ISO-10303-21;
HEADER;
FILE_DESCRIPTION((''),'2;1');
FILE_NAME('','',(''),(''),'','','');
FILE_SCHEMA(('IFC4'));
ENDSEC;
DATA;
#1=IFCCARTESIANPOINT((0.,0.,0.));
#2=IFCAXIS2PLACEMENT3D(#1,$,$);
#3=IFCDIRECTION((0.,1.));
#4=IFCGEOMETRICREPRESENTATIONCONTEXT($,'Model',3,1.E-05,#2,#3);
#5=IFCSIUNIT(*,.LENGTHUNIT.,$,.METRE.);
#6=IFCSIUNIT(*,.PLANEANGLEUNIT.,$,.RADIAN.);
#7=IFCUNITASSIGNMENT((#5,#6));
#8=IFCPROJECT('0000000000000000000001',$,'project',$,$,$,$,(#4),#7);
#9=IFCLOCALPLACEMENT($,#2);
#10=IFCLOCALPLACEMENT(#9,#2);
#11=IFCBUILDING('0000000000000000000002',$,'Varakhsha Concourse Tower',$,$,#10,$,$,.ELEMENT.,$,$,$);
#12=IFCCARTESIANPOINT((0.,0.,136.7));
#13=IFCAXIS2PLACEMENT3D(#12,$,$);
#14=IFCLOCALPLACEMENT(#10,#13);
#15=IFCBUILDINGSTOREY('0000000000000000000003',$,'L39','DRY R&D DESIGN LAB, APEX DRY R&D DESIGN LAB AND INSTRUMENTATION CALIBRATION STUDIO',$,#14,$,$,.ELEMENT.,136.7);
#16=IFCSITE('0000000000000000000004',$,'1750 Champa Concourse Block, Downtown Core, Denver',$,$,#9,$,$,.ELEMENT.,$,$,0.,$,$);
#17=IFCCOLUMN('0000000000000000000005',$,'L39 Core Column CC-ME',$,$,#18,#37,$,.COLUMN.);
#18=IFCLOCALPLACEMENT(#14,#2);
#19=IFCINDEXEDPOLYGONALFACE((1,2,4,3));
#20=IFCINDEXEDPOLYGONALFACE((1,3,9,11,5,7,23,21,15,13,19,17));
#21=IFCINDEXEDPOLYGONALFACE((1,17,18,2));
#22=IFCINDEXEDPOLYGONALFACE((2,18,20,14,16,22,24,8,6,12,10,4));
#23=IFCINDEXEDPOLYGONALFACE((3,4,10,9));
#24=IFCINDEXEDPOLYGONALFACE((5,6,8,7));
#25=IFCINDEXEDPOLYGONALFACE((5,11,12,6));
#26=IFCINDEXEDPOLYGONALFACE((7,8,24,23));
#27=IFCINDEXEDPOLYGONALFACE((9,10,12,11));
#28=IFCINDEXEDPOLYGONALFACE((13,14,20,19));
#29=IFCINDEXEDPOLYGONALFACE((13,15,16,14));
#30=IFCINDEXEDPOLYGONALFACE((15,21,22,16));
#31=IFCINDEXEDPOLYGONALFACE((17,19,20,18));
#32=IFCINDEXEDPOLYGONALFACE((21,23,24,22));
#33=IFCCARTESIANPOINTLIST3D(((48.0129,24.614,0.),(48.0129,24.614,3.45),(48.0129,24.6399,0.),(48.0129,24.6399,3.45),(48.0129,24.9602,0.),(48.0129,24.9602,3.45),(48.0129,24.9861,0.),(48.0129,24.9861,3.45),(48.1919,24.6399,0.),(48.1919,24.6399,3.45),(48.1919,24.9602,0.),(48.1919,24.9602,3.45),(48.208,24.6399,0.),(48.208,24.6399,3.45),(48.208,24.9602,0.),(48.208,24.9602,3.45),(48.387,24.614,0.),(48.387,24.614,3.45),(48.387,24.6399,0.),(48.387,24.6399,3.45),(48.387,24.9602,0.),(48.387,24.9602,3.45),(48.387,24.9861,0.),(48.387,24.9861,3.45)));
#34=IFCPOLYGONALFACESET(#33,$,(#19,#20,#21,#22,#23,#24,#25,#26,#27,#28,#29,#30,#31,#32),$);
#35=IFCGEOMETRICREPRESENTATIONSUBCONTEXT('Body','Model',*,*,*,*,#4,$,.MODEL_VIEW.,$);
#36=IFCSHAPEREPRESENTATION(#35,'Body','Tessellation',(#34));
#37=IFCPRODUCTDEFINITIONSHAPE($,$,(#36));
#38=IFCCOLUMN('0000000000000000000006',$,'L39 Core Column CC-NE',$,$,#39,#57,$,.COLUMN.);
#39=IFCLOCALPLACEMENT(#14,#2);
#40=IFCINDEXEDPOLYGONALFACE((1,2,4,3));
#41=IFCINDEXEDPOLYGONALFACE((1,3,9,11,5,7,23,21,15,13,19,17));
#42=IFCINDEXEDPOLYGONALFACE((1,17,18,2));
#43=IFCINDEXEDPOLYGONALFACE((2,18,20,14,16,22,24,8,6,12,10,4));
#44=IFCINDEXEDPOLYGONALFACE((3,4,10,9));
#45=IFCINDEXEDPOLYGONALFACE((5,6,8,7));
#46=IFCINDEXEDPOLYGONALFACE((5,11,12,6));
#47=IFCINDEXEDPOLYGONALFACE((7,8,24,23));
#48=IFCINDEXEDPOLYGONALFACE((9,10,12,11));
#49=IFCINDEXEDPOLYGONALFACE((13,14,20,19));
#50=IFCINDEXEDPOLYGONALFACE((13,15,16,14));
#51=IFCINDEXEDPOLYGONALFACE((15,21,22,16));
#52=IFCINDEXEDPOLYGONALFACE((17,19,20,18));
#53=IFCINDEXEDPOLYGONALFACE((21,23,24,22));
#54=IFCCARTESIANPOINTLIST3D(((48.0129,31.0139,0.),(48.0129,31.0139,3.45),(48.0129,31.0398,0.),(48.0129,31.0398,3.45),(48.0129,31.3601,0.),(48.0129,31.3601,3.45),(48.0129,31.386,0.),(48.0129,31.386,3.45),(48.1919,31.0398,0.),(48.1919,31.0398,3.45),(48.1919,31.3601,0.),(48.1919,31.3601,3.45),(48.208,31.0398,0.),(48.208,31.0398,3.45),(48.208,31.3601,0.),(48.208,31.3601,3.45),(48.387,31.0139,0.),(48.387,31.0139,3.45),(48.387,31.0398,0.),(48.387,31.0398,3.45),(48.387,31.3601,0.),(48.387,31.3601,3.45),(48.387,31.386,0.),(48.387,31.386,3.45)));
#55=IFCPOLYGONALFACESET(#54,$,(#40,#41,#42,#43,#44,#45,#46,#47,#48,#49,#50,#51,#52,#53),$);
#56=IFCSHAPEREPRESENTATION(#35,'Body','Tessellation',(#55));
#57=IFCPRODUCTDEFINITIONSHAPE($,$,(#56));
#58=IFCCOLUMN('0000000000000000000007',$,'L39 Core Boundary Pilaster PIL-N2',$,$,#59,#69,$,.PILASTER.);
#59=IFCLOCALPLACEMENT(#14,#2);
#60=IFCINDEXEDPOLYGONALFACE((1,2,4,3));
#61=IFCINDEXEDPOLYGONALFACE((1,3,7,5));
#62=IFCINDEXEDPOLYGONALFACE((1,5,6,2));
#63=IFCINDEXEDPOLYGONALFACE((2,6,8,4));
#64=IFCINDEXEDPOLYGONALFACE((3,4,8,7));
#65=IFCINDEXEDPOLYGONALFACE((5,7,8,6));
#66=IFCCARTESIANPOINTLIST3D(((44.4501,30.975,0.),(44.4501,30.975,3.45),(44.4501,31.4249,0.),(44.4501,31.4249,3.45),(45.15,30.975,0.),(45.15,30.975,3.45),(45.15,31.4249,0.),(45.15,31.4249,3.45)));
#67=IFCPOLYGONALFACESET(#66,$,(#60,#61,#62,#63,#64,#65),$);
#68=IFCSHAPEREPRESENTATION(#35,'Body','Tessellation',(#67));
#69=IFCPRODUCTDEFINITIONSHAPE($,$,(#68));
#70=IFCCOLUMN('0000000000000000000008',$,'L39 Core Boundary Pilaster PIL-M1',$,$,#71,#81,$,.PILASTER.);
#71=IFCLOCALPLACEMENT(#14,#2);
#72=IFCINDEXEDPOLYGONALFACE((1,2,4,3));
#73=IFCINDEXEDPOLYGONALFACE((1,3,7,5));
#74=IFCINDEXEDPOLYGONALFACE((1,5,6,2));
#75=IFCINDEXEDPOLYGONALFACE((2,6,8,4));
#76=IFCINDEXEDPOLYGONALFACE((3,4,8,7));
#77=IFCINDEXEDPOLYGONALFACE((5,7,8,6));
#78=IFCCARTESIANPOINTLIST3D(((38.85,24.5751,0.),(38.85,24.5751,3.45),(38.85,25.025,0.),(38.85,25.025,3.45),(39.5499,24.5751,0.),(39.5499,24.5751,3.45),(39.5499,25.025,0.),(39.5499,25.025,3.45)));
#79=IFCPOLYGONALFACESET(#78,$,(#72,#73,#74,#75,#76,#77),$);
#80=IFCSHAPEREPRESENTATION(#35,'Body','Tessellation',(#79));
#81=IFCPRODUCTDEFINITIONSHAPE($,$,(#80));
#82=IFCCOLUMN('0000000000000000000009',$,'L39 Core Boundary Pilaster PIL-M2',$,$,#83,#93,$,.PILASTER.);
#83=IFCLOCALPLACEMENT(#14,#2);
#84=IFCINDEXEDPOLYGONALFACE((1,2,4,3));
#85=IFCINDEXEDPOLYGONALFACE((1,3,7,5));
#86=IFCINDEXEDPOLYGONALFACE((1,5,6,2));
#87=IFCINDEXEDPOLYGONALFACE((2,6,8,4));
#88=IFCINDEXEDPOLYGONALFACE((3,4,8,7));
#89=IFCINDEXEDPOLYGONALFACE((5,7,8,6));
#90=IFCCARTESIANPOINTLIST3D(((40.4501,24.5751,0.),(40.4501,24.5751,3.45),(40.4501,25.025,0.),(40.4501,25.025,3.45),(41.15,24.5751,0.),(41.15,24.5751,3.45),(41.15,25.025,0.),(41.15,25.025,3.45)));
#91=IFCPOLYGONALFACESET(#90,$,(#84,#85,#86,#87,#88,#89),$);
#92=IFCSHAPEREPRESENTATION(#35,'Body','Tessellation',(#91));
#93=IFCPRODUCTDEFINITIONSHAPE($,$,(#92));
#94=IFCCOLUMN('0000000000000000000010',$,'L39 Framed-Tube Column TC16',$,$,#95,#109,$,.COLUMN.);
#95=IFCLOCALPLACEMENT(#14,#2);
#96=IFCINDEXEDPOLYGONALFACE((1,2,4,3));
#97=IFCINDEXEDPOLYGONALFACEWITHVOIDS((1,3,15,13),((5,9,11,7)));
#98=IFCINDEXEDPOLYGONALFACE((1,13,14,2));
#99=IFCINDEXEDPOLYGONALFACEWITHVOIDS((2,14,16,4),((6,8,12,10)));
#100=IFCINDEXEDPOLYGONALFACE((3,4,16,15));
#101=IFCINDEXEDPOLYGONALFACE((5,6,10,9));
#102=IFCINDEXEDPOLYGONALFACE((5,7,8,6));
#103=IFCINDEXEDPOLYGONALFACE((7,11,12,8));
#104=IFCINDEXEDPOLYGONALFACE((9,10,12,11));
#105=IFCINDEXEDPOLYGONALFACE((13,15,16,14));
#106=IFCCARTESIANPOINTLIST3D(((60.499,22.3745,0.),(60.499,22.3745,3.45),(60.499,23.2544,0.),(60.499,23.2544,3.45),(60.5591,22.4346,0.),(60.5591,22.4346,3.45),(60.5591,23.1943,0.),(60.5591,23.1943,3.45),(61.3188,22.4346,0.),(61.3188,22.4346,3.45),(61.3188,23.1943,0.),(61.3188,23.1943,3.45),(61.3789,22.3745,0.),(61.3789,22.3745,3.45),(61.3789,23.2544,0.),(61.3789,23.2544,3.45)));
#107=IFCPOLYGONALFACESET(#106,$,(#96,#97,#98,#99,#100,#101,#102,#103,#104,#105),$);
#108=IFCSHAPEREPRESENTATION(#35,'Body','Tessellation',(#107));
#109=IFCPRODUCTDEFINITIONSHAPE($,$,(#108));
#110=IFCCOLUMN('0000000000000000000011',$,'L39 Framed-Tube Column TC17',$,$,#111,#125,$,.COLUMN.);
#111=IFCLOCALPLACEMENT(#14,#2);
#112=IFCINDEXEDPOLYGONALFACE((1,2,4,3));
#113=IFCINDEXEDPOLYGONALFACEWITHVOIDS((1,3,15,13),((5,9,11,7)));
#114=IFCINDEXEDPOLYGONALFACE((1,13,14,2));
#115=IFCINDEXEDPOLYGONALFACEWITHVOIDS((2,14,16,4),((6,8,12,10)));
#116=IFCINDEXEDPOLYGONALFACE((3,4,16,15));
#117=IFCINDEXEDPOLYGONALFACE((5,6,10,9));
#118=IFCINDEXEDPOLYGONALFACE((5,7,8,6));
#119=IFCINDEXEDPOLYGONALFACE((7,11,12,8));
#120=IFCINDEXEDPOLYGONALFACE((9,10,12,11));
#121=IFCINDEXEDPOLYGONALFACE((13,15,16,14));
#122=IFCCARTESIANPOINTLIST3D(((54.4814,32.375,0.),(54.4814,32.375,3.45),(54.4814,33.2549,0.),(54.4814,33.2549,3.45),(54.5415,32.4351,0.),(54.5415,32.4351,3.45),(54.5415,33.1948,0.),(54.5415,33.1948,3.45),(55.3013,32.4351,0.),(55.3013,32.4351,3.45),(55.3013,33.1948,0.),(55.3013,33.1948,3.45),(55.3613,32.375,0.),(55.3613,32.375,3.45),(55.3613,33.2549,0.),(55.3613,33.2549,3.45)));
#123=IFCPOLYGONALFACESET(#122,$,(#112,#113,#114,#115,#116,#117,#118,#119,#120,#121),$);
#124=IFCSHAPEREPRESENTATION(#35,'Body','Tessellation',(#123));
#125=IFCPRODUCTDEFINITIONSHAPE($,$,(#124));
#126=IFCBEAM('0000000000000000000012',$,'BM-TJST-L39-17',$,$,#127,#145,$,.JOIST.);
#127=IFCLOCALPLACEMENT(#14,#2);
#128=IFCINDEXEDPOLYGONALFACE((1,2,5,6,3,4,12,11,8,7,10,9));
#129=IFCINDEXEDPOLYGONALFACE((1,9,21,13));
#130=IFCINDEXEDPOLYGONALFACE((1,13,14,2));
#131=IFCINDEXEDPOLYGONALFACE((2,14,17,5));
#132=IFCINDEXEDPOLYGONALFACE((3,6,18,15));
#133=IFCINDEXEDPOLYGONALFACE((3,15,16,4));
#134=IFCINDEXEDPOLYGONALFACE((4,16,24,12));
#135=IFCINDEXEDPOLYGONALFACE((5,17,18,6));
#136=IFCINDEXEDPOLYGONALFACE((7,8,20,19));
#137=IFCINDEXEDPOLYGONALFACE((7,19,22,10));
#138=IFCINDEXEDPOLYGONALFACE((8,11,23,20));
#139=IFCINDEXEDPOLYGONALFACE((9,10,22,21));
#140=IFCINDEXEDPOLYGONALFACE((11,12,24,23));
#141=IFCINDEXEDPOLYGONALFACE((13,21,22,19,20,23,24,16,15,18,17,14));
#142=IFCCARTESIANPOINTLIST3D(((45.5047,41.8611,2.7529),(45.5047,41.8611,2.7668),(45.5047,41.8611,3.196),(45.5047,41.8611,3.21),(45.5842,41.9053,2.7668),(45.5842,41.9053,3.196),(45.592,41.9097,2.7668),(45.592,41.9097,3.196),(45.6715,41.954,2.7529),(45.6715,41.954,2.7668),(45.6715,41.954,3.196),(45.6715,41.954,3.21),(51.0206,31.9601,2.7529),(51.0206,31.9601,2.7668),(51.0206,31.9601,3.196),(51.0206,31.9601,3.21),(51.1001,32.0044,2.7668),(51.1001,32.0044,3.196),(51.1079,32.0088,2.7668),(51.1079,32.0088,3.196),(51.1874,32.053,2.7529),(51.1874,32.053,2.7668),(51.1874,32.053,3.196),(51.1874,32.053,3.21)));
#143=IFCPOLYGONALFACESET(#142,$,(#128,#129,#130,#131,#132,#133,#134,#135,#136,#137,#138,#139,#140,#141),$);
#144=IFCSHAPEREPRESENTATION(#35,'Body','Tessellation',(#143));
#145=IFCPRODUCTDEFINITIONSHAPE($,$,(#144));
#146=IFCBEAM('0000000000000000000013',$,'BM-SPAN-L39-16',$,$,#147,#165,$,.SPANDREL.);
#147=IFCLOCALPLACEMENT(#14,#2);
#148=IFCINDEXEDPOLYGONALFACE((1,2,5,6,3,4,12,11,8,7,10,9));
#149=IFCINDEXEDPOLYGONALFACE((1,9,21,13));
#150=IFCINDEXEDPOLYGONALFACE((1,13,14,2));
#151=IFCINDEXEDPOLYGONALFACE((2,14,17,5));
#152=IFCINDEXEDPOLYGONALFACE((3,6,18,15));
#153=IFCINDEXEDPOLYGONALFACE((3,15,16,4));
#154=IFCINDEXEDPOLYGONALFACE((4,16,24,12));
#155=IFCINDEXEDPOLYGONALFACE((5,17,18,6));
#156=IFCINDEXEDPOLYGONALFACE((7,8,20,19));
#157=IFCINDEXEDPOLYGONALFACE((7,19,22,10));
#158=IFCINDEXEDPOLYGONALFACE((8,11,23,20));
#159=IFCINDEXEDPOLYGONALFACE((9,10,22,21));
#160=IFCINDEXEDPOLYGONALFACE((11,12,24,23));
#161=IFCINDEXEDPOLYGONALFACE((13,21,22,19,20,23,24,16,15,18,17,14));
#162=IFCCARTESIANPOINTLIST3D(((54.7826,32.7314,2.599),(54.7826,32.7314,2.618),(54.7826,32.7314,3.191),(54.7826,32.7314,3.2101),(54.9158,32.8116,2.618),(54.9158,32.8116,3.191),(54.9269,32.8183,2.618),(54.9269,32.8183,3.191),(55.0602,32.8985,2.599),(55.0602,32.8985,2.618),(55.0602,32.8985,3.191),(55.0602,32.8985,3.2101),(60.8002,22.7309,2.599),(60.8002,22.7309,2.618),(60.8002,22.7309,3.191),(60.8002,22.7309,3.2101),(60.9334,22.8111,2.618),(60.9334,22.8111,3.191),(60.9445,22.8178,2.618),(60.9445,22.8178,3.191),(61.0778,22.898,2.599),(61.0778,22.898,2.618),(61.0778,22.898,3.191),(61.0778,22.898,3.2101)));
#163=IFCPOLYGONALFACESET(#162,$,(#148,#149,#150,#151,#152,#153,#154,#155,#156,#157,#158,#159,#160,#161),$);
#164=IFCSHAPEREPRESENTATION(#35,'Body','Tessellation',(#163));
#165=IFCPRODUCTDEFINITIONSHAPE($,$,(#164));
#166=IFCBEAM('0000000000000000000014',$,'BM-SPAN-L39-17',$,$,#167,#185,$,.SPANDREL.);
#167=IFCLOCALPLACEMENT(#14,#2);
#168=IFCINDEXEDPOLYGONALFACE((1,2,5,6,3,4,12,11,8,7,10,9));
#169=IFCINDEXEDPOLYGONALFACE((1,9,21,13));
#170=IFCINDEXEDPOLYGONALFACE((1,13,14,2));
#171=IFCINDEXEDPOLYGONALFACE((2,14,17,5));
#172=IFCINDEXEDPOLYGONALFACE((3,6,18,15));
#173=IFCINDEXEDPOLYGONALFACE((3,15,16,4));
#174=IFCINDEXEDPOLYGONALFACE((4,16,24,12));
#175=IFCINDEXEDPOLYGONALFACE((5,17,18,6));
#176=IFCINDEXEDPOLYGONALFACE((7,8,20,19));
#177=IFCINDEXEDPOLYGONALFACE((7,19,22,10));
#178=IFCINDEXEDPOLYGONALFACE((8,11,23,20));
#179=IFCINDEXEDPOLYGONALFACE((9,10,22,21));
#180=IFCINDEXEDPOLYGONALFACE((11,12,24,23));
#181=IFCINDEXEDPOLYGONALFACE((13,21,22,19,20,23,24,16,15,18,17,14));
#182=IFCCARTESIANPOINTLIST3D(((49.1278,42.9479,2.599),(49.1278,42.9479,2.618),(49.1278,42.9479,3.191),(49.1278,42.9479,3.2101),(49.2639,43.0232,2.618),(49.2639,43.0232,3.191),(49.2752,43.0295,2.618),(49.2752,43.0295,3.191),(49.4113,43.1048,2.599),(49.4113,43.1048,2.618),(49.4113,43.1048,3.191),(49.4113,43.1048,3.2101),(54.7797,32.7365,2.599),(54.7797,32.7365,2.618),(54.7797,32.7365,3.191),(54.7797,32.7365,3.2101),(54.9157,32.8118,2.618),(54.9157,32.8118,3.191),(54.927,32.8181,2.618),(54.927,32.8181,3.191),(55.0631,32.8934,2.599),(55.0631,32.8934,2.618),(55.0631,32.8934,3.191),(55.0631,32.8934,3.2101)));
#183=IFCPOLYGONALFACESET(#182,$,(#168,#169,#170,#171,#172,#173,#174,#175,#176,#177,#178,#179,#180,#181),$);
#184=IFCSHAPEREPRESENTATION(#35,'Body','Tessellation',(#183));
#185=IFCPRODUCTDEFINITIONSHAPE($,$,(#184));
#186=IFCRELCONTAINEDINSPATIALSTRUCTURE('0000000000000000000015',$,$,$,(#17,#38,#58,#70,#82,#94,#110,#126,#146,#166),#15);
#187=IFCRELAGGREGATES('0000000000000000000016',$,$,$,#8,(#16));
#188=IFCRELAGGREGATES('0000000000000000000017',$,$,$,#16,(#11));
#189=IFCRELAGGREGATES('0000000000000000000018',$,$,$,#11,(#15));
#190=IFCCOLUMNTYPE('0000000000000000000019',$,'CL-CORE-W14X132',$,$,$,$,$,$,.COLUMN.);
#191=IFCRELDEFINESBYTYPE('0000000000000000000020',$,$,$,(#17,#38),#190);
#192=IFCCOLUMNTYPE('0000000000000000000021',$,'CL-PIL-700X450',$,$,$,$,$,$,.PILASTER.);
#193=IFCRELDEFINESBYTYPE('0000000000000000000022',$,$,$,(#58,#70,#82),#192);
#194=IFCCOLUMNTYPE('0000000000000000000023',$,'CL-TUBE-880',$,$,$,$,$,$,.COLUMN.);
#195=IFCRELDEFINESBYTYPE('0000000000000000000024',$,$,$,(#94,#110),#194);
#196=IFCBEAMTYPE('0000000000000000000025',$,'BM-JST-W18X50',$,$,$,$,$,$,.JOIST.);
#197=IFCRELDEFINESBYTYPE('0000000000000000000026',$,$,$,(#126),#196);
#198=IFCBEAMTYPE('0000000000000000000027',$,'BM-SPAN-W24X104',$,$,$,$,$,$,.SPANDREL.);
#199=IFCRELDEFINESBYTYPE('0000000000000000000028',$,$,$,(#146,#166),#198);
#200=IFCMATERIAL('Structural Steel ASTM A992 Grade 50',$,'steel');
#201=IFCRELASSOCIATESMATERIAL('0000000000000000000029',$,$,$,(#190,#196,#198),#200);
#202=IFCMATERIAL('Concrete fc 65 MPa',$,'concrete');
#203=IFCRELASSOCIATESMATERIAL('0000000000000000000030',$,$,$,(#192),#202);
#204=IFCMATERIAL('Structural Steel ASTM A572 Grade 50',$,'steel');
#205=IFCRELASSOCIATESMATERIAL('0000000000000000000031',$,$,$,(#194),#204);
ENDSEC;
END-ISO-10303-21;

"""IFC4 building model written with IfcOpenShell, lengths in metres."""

from ifc_helpers import new_model, si_unit, direction, frame, origin, origin_2d, place, context, subcontext, project, spatial, rectangle, hollow_rectangle, i_section, extrude, material, material_profile, profile_set, type_object, element, save


model = new_model("IFC4")

# Units and contexts
model_context = context("Model", 3, precision=1e-05, world=origin(), true_north=direction((0.0, 1.0)))
body_context = subcontext(model_context, "Body", "Model", "MODEL_VIEW")
ifc_project = project(units=[si_unit("LENGTHUNIT", "METRE"), si_unit("PLANEANGLEUNIT", "RADIAN")], contexts=[model_context])

# Site, building, storey
site_placement = place(None, origin())
site = spatial("IfcSite", under=ifc_project, at=site_placement, Name="1750 Champa Concourse Block, Downtown Core, Denver", CompositionType="ELEMENT", RefElevation=0.0)
building_placement = place(site_placement, origin())
building = spatial("IfcBuilding", under=site, at=building_placement, Name="Varakhsha Concourse Tower", CompositionType="ELEMENT")
storey_placement = place(building_placement, frame((0.0, 0.0, 136.7)))
storey = spatial("IfcBuildingStorey", under=building, at=storey_placement, Name="L39", Description="DRY R&D DESIGN LAB, APEX DRY R&D DESIGN LAB AND INSTRUMENTATION CALIBRATION STUDIO", CompositionType="ELEMENT", Elevation=136.7)

# Columns
ifc_material_1 = material(Name="Structural Steel ASTM A992 Grade 50", Category="steel")
ifc_material_profile_1 = material_profile(ifc_material_1, i_section(OverallWidth=0.374, OverallDepth=0.3721, WebThickness=0.0161, FlangeThickness=0.0259, at=origin_2d()), Name="W14X132")
ifc_profile_set_1 = profile_set([ifc_material_profile_1], Name="Structural Steel ASTM A992 Grade 50")
column_type_1 = type_object("IfcColumnType", Name="CL-CORE-W14X132", PredefinedType="COLUMN", material=ifc_profile_set_1)
for number, where, z_axis, x_axis, name in (
    (1, (48.2, 24.8, 0.0), (0.0, 0.0, 1.0), (1.0, 0.0, 0.0), "L39 Core Column CC-ME"),
    (2, (48.2, 31.2, 0.0), (0.0, 0.0, 1.0), (1.0, 0.0, 0.0), "L39 Core Column CC-NE"),
):
    element("IfcColumn", number, at=place(storey_placement, frame(where, z_axis=z_axis, x_axis=x_axis)), inside=storey, type_object=column_type_1, Name=name, PredefinedType="COLUMN", context=body_context, shape_type="SweptSolid", body=[
        extrude(i_section(OverallWidth=0.374, OverallDepth=0.3721, WebThickness=0.0161, FlangeThickness=0.0259, at=origin_2d()), origin(), (0.0, 0.0, 1.0), 3.45),
    ])
ifc_material_2 = material(Name="Concrete fc 65 MPa", Category="concrete")
ifc_material_profile_2 = material_profile(ifc_material_2, rectangle(XDim=0.7, YDim=0.45, at=origin_2d()), Name="RC 700x450")
ifc_profile_set_2 = profile_set([ifc_material_profile_2], Name="Concrete fc 65 MPa")
column_type_2 = type_object("IfcColumnType", Name="CL-PIL-700X450", PredefinedType="PILASTER", material=ifc_profile_set_2)
for number, where, z_axis, x_axis, name in (
    (3, (44.8, 31.2, 0.0), (0.0, 0.0, 1.0), (1.0, 0.0, 0.0), "L39 Core Boundary Pilaster PIL-N2"),
    (4, (39.2, 24.8, 0.0), (0.0, 0.0, 1.0), (1.0, 0.0, 0.0), "L39 Core Boundary Pilaster PIL-M1"),
    (5, (40.8, 24.8, 0.0), (0.0, 0.0, 1.0), (1.0, 0.0, 0.0), "L39 Core Boundary Pilaster PIL-M2"),
):
    element("IfcColumn", number, at=place(storey_placement, frame(where, z_axis=z_axis, x_axis=x_axis)), inside=storey, type_object=column_type_2, Name=name, PredefinedType="PILASTER", context=body_context, shape_type="SweptSolid", body=[
        extrude(rectangle(XDim=0.7, YDim=0.45, at=origin_2d()), origin(), (0.0, 0.0, 1.0), 3.45),
    ])
ifc_material_3 = material(Name="Structural Steel ASTM A572 Grade 50", Category="steel")
ifc_material_profile_3 = material_profile(ifc_material_3, hollow_rectangle(XDim=0.8799, YDim=0.8799, WallThickness=0.0601, at=origin_2d()), Name="BOX 880x880x60")
ifc_profile_set_3 = profile_set([ifc_material_profile_3], Name="Structural Steel ASTM A572 Grade 50")
column_type_3 = type_object("IfcColumnType", Name="CL-TUBE-880", PredefinedType="COLUMN", material=ifc_profile_set_3)
for number, where, z_axis, x_axis, name in (
    (6, (60.939, 22.8145, 0.0), (0.0, 0.0, 1.0), (1.0, 0.0, 0.0), "L39 Framed-Tube Column TC16"),
    (7, (54.9214, 32.8149, 0.0), (0.0, 0.0, 1.0), (1.0, 0.0, 0.0), "L39 Framed-Tube Column TC17"),
):
    element("IfcColumn", number, at=place(storey_placement, frame(where, z_axis=z_axis, x_axis=x_axis)), inside=storey, type_object=column_type_3, Name=name, PredefinedType="COLUMN", context=body_context, shape_type="SweptSolid", body=[
        extrude(hollow_rectangle(XDim=0.8799, YDim=0.8799, WallThickness=0.0601, at=origin_2d()), origin(), (0.0, 0.0, 1.0), 3.45),
    ])

# Beams
ifc_material_profile_4 = material_profile(ifc_material_1, i_section(OverallWidth=0.1909, OverallDepth=0.457, WebThickness=0.009, FlangeThickness=0.0139, at=origin_2d()), Name="W18X50")
ifc_profile_set_4 = profile_set([ifc_material_profile_4], Name="Structural Steel ASTM A992 Grade 50")
beam_type_1 = type_object("IfcBeamType", Name="BM-JST-W18X50", PredefinedType="JOIST", material=ifc_profile_set_4)
beam_1_placement = place(storey_placement, frame((51.104, 32.0066, 2.9814), z_axis=(-0.48668, 0.873581, 0.0), x_axis=(-0.873581, -0.48668, 0.0)))
element("IfcBeam", 8, at=beam_1_placement, inside=storey, type_object=beam_type_1, Name="BM-TJST-L39-17", PredefinedType="JOIST", context=body_context, shape_type="SweptSolid", body=[
    extrude(i_section(OverallWidth=0.1909, OverallDepth=0.457, WebThickness=0.009, FlangeThickness=0.0139, at=origin_2d()), origin(), (0.0, 0.0, 1.0), 11.3337),
])
ifc_material_profile_5 = material_profile(ifc_material_1, i_section(OverallWidth=0.324, OverallDepth=0.6111, WebThickness=0.0129, FlangeThickness=0.019, at=origin_2d()), Name="W24X104")
ifc_profile_set_5 = profile_set([ifc_material_profile_5], Name="Structural Steel ASTM A992 Grade 50")
beam_type_2 = type_object("IfcBeamType", Name="BM-SPAN-W24X104", PredefinedType="SPANDREL", material=ifc_profile_set_5)
beam_2_placement = place(storey_placement, frame((60.939, 22.8145, 2.9045), z_axis=(-0.515584, 0.856839, 0.0), x_axis=(-0.856839, -0.515584, 0.0)))
element("IfcBeam", 9, at=beam_2_placement, inside=storey, type_object=beam_type_2, Name="BM-SPAN-L39-16", PredefinedType="SPANDREL", context=body_context, shape_type="SweptSolid", body=[
    extrude(i_section(OverallWidth=0.324, OverallDepth=0.6111, WebThickness=0.0129, FlangeThickness=0.019, at=origin_2d()), origin(), (0.0, 0.0, 1.0), 11.6714),
])
beam_3_placement = place(storey_placement, frame((54.9214, 32.8149, 2.9045), z_axis=(-0.484257, 0.874926, 0.0), x_axis=(-0.874926, -0.484257, 0.0)))
element("IfcBeam", 10, at=beam_3_placement, inside=storey, type_object=beam_type_2, Name="BM-SPAN-L39-17", PredefinedType="SPANDREL", context=body_context, shape_type="SweptSolid", body=[
    extrude(i_section(OverallWidth=0.324, OverallDepth=0.6111, WebThickness=0.0129, FlangeThickness=0.019, at=origin_2d()), origin(), (0.0, 0.0, 1.0), 11.6711),
])

save(model, "model.ifc")
